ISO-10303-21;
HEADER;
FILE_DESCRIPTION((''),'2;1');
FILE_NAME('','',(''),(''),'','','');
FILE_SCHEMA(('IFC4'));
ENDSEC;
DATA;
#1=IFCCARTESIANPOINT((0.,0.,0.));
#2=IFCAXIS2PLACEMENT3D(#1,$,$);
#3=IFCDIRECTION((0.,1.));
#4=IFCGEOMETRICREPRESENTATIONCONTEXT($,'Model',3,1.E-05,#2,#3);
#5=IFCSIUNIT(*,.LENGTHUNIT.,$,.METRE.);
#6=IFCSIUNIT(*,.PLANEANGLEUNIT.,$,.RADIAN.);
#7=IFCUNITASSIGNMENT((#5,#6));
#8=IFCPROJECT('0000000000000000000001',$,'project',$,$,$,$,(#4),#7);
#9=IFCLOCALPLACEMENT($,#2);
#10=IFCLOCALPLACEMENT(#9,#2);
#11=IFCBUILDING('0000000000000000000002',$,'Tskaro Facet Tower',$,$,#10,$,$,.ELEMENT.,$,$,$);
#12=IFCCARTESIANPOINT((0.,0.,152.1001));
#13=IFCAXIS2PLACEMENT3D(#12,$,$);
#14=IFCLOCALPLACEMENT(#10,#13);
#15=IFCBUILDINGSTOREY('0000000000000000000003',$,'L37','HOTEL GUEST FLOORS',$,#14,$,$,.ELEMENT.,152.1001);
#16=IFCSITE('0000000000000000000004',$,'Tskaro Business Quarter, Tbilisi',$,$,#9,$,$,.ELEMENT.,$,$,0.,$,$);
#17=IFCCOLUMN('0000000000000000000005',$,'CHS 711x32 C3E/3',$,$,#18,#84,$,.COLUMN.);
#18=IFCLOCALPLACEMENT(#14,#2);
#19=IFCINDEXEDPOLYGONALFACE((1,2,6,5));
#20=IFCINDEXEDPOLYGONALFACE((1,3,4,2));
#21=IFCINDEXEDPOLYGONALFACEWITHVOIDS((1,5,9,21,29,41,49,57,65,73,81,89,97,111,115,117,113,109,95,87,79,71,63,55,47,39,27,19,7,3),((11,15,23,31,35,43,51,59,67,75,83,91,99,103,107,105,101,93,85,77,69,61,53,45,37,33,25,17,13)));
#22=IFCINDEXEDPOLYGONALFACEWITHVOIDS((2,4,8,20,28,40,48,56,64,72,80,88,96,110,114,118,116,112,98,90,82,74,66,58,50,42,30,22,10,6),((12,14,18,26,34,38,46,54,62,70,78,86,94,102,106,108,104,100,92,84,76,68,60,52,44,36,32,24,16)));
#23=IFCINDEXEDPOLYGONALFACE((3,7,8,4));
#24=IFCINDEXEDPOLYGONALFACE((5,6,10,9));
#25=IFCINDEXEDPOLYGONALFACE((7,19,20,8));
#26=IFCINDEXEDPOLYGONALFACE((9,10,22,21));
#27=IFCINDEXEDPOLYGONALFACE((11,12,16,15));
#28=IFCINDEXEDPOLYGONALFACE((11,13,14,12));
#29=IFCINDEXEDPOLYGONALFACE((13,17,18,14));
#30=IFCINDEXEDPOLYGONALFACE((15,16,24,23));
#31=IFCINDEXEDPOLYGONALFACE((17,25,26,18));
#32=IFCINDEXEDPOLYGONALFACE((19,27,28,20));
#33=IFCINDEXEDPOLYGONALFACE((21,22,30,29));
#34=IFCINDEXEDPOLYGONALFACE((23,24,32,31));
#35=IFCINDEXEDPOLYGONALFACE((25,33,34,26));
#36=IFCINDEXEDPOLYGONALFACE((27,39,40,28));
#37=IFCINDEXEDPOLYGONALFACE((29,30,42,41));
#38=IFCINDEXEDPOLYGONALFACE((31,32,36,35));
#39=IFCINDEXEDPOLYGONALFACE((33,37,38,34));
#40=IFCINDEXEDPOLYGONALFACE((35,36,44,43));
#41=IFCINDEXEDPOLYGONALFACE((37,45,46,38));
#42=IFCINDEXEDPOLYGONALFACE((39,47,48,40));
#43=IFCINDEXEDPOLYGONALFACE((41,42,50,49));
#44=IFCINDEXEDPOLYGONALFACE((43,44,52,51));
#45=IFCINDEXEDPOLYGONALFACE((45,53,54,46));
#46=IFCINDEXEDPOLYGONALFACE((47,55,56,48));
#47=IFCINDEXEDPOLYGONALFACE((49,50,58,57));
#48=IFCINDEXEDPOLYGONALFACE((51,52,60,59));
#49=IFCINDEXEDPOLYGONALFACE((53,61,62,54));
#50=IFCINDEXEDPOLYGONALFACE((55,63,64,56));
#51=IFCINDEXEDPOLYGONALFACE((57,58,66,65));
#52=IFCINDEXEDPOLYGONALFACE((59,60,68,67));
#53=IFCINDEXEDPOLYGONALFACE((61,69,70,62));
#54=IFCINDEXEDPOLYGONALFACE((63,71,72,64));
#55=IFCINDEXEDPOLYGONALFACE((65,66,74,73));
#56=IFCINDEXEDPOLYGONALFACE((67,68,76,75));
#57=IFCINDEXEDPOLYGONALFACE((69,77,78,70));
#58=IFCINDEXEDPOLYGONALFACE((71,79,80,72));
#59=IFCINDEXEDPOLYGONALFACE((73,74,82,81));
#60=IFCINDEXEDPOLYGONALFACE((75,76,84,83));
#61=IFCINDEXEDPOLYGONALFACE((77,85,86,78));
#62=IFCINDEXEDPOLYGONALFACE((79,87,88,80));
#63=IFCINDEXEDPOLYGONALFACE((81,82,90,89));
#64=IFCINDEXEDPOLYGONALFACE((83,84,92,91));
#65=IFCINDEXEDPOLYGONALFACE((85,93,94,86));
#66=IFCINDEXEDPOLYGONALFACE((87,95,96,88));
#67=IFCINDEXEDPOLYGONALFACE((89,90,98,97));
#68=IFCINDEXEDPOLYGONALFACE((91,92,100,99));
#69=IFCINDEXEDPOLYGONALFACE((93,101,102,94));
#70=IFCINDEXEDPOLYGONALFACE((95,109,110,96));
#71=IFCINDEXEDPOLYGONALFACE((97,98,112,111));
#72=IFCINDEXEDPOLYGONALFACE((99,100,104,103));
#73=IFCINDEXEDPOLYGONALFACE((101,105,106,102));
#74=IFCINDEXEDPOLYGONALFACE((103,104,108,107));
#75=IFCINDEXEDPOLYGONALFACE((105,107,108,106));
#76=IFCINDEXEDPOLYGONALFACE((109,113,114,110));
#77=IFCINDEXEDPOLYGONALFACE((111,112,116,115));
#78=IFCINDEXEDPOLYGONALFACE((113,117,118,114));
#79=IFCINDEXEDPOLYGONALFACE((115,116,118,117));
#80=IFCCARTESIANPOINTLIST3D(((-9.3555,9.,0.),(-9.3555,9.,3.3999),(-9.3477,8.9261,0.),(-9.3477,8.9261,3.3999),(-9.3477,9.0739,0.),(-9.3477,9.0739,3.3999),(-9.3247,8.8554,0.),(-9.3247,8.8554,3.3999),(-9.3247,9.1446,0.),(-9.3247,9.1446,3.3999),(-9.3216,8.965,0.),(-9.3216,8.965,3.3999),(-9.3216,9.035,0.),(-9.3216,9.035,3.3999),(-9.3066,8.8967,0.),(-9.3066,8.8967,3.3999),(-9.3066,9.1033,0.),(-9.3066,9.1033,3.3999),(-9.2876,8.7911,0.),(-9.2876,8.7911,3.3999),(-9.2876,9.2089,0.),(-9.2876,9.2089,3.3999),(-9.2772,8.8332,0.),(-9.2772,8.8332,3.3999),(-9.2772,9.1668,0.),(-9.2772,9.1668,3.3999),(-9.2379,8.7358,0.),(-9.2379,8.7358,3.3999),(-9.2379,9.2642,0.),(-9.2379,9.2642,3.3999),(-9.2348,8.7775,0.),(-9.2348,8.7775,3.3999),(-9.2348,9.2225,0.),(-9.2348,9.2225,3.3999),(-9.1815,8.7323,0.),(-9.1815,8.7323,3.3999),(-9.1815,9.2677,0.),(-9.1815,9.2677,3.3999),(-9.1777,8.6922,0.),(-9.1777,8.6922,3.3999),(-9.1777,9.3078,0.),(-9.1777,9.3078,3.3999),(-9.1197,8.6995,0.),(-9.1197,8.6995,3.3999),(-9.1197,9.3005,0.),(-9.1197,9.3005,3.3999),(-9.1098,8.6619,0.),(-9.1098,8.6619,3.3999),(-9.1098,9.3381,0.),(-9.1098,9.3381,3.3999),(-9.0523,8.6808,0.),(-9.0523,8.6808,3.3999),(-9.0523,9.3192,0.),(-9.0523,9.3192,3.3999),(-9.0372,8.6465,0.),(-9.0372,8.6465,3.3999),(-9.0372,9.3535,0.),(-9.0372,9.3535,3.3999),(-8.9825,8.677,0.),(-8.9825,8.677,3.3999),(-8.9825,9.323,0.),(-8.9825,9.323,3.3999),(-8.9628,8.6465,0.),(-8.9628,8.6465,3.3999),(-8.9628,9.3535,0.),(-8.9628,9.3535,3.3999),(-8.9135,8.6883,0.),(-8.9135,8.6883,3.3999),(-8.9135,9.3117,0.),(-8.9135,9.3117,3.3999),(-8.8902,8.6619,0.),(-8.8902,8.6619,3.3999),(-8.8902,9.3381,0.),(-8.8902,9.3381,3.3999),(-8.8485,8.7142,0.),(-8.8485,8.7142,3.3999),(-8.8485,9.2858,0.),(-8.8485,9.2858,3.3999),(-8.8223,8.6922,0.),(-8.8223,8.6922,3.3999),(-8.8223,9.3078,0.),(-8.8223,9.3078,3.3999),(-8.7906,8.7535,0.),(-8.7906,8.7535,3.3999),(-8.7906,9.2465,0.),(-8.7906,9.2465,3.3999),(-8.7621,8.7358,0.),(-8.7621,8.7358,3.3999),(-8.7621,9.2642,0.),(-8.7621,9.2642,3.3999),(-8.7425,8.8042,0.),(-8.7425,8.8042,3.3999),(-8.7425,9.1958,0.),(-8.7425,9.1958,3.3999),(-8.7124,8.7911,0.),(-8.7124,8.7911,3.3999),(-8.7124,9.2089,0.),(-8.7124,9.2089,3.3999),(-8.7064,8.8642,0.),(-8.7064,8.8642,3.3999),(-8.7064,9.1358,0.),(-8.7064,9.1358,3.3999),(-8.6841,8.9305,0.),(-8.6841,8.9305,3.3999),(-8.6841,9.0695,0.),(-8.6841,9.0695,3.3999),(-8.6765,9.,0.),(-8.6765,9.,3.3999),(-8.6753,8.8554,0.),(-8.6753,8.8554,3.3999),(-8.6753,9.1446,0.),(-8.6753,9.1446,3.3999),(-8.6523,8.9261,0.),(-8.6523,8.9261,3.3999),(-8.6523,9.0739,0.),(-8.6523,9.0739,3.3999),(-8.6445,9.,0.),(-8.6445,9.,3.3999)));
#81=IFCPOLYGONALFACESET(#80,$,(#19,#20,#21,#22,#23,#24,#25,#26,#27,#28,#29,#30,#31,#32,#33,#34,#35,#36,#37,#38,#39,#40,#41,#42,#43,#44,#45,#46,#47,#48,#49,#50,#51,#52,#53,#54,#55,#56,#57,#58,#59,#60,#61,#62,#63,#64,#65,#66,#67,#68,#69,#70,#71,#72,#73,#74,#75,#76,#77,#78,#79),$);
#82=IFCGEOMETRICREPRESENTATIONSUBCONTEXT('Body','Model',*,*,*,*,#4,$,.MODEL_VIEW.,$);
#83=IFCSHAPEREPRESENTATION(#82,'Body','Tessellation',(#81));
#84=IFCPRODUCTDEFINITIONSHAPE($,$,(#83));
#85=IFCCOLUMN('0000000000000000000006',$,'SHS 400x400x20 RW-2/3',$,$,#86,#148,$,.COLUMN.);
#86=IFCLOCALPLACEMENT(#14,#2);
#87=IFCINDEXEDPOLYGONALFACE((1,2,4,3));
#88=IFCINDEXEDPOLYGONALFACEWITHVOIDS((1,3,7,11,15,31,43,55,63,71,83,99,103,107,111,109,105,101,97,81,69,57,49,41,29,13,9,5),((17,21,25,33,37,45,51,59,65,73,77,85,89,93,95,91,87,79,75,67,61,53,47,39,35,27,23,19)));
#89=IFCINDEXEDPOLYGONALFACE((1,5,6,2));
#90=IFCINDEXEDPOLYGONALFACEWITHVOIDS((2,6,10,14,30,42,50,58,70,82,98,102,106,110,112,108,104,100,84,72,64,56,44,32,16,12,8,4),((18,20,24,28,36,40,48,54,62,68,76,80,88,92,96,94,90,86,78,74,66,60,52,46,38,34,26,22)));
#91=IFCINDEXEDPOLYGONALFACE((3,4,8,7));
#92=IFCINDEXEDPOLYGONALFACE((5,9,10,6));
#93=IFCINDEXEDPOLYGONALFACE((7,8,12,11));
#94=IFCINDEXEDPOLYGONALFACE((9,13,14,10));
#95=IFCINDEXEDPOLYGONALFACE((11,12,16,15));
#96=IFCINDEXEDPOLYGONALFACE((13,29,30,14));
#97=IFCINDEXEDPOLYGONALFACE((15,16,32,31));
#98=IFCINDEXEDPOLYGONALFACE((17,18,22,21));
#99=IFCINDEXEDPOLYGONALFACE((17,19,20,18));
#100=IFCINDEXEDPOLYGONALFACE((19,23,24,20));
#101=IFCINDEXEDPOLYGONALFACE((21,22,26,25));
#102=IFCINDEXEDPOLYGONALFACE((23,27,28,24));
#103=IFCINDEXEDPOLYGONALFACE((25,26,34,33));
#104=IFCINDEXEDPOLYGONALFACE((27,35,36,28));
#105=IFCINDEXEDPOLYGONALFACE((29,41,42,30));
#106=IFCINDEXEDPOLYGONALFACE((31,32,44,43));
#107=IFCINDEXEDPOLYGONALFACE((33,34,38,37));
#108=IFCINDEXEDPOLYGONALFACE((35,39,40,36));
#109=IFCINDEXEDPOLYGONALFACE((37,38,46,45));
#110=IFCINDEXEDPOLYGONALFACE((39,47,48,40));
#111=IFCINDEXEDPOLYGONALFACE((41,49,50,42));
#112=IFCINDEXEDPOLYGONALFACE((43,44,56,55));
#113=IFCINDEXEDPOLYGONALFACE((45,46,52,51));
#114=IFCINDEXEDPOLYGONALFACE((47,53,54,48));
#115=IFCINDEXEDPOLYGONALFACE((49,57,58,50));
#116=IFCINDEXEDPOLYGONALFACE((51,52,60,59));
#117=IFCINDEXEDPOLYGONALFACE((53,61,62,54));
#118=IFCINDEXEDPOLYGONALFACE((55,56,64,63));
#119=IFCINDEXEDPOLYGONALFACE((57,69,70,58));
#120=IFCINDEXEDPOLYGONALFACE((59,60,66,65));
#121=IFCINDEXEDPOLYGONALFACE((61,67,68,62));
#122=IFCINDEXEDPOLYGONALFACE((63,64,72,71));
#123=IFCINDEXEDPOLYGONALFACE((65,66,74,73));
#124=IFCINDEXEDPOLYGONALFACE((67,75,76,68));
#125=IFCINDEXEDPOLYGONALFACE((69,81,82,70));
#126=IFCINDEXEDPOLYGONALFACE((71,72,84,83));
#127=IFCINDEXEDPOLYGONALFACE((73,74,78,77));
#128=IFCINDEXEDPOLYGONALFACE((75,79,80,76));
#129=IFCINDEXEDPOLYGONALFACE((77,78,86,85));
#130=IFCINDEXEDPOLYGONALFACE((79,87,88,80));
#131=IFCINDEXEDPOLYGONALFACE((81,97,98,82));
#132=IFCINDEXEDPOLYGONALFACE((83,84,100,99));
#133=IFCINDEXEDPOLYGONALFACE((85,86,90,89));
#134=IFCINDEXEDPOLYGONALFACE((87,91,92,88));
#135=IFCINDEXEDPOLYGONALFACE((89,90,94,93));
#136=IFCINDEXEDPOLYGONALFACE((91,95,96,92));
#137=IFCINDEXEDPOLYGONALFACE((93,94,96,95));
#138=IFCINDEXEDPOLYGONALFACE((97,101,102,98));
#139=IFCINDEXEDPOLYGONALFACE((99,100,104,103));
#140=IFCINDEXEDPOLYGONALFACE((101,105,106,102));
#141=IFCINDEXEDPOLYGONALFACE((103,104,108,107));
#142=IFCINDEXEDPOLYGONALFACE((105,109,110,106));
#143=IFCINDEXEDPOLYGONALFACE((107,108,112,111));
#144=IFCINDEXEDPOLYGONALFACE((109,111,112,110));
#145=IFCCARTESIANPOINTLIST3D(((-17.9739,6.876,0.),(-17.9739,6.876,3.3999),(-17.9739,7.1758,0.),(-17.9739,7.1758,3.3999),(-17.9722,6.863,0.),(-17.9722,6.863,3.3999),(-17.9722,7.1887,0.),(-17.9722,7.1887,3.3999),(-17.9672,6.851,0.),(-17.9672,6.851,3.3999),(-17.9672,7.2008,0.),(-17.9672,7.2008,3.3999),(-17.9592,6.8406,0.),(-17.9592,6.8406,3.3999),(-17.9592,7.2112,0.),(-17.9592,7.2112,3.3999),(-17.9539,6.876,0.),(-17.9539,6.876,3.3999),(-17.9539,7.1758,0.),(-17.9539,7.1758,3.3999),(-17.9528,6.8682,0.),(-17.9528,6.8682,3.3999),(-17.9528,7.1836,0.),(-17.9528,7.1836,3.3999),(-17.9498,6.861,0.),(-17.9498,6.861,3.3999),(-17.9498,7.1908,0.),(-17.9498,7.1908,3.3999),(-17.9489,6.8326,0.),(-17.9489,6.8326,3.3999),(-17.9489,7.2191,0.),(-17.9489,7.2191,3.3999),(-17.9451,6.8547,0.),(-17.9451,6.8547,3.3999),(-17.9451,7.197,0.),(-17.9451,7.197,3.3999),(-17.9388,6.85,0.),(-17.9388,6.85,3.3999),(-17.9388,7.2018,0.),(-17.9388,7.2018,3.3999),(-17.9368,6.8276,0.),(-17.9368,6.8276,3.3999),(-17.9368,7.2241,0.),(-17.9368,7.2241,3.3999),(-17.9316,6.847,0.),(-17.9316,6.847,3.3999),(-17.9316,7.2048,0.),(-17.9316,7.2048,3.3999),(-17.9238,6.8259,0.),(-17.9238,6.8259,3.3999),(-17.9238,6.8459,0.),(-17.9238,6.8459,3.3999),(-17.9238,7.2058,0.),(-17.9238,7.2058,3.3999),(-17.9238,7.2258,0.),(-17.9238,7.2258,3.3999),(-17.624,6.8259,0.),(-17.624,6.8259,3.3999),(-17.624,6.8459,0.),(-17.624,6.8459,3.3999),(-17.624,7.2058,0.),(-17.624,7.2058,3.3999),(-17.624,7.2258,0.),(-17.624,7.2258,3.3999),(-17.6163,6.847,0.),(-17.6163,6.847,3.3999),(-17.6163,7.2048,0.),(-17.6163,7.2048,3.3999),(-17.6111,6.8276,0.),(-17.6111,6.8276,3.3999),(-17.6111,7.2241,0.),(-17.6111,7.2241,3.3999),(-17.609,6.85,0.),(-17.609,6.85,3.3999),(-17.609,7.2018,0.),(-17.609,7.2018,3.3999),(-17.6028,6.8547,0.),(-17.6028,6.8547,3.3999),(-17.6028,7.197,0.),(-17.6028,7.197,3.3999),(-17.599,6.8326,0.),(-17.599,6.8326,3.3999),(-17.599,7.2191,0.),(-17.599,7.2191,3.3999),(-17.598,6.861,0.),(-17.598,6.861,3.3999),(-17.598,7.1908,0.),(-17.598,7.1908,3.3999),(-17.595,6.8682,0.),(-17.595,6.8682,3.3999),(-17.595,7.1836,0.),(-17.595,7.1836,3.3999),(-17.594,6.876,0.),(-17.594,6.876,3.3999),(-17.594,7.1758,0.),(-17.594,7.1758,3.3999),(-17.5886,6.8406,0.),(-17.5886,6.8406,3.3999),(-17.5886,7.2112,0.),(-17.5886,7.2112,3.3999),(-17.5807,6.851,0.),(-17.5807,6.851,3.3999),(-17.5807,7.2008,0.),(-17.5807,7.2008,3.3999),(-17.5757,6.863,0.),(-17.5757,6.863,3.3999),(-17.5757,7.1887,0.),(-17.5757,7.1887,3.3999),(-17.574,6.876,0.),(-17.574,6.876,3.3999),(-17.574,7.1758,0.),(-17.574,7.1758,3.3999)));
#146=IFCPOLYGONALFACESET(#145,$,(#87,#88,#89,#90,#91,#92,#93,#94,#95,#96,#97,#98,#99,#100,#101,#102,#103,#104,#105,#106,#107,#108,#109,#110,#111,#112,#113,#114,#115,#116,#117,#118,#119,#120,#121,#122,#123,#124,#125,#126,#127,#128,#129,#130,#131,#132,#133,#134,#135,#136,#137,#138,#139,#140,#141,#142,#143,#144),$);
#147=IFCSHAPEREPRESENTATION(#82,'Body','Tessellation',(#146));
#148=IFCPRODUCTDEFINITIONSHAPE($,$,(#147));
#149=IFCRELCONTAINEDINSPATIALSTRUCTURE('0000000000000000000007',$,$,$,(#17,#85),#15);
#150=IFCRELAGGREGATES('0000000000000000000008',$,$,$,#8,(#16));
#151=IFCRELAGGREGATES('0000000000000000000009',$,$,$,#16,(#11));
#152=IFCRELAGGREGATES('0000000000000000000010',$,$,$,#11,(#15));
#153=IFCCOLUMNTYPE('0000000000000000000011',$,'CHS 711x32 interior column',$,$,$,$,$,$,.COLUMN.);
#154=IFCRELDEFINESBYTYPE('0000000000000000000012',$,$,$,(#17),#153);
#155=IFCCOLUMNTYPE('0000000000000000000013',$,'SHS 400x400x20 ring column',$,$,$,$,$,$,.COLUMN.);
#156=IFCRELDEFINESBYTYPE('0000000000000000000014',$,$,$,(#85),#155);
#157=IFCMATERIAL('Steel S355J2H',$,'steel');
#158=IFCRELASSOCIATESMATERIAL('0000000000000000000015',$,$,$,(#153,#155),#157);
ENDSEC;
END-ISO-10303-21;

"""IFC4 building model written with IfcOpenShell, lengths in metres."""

from ifc_helpers import new_model, si_unit, direction, frame, origin, origin_2d, place, context, subcontext, project, spatial, hollow_rectangle, hollow_circle, extrude, material, material_profile, profile_set, type_object, element, save


model = new_model("IFC4")

# Units and contexts
model_context = context("Model", 3, precision=1e-05, world=origin(), true_north=direction((0.0, 1.0)))
body_context = subcontext(model_context, "Body", "Model", "MODEL_VIEW")
ifc_project = project(units=[si_unit("LENGTHUNIT", "METRE"), si_unit("PLANEANGLEUNIT", "RADIAN")], contexts=[model_context])

# Site, building, storey
site_placement = place(None, origin())
site = spatial("IfcSite", under=ifc_project, at=site_placement, Name="Tskaro Business Quarter, Tbilisi", CompositionType="ELEMENT", RefElevation=0.0)
building_placement = place(site_placement, origin())
building = spatial("IfcBuilding", under=site, at=building_placement, Name="Tskaro Facet Tower", CompositionType="ELEMENT")
storey_placement = place(building_placement, frame((0.0, 0.0, 152.1001)))
storey = spatial("IfcBuildingStorey", under=building, at=storey_placement, Name="L37", Description="HOTEL GUEST FLOORS", CompositionType="ELEMENT", Elevation=152.1001)

# Columns
ifc_material_1 = material(Name="Steel S355J2H", Category="steel")
ifc_material_profile_1 = material_profile(ifc_material_1, hollow_circle(Radius=0.3555, WallThickness=0.032, at=origin_2d()), Name="CHS 711x32")
ifc_profile_set_1 = profile_set([ifc_material_profile_1], Name="Steel S355J2H")
column_type_1 = type_object("IfcColumnType", Name="CHS 711x32 interior column", PredefinedType="COLUMN", material=ifc_profile_set_1)
column_1_placement = place(storey_placement, frame((-9.0, 9.0, 0.0), z_axis=(0.0, 0.0, 1.0), x_axis=(1.0, 0.0, 0.0)))
element("IfcColumn", 1, at=column_1_placement, inside=storey, type_object=column_type_1, Name="CHS 711x32 C3E/3", PredefinedType="COLUMN", context=body_context, shape_type="SweptSolid", body=[
    extrude(hollow_circle(Radius=0.3555, WallThickness=0.032, at=origin_2d()), origin(), (0.0, 0.0, 1.0), 3.3999),
])
ifc_material_profile_2 = material_profile(ifc_material_1, hollow_rectangle(XDim=0.3999, YDim=0.3999, WallThickness=0.02, InnerFilletRadius=0.03, OuterFilletRadius=0.05, at=origin_2d()), Name="SHS 400x400x20")
ifc_profile_set_2 = profile_set([ifc_material_profile_2], Name="Steel S355J2H")
column_type_2 = type_object("IfcColumnType", Name="SHS 400x400x20 ring column", PredefinedType="COLUMN", material=ifc_profile_set_2)
column_2_placement = place(storey_placement, frame((-17.7739, 7.0259, 0.0), z_axis=(0.0, 0.0, 1.0), x_axis=(1.0, 0.0, 0.0)))
element("IfcColumn", 2, at=column_2_placement, inside=storey, type_object=column_type_2, Name="SHS 400x400x20 RW-2/3", PredefinedType="COLUMN", context=body_context, shape_type="SweptSolid", body=[
    extrude(hollow_rectangle(XDim=0.3999, YDim=0.3999, WallThickness=0.02, InnerFilletRadius=0.03, OuterFilletRadius=0.05, at=origin_2d()), origin(), (0.0, 0.0, 1.0), 3.3999),
])

save(model, "model.ifc")
